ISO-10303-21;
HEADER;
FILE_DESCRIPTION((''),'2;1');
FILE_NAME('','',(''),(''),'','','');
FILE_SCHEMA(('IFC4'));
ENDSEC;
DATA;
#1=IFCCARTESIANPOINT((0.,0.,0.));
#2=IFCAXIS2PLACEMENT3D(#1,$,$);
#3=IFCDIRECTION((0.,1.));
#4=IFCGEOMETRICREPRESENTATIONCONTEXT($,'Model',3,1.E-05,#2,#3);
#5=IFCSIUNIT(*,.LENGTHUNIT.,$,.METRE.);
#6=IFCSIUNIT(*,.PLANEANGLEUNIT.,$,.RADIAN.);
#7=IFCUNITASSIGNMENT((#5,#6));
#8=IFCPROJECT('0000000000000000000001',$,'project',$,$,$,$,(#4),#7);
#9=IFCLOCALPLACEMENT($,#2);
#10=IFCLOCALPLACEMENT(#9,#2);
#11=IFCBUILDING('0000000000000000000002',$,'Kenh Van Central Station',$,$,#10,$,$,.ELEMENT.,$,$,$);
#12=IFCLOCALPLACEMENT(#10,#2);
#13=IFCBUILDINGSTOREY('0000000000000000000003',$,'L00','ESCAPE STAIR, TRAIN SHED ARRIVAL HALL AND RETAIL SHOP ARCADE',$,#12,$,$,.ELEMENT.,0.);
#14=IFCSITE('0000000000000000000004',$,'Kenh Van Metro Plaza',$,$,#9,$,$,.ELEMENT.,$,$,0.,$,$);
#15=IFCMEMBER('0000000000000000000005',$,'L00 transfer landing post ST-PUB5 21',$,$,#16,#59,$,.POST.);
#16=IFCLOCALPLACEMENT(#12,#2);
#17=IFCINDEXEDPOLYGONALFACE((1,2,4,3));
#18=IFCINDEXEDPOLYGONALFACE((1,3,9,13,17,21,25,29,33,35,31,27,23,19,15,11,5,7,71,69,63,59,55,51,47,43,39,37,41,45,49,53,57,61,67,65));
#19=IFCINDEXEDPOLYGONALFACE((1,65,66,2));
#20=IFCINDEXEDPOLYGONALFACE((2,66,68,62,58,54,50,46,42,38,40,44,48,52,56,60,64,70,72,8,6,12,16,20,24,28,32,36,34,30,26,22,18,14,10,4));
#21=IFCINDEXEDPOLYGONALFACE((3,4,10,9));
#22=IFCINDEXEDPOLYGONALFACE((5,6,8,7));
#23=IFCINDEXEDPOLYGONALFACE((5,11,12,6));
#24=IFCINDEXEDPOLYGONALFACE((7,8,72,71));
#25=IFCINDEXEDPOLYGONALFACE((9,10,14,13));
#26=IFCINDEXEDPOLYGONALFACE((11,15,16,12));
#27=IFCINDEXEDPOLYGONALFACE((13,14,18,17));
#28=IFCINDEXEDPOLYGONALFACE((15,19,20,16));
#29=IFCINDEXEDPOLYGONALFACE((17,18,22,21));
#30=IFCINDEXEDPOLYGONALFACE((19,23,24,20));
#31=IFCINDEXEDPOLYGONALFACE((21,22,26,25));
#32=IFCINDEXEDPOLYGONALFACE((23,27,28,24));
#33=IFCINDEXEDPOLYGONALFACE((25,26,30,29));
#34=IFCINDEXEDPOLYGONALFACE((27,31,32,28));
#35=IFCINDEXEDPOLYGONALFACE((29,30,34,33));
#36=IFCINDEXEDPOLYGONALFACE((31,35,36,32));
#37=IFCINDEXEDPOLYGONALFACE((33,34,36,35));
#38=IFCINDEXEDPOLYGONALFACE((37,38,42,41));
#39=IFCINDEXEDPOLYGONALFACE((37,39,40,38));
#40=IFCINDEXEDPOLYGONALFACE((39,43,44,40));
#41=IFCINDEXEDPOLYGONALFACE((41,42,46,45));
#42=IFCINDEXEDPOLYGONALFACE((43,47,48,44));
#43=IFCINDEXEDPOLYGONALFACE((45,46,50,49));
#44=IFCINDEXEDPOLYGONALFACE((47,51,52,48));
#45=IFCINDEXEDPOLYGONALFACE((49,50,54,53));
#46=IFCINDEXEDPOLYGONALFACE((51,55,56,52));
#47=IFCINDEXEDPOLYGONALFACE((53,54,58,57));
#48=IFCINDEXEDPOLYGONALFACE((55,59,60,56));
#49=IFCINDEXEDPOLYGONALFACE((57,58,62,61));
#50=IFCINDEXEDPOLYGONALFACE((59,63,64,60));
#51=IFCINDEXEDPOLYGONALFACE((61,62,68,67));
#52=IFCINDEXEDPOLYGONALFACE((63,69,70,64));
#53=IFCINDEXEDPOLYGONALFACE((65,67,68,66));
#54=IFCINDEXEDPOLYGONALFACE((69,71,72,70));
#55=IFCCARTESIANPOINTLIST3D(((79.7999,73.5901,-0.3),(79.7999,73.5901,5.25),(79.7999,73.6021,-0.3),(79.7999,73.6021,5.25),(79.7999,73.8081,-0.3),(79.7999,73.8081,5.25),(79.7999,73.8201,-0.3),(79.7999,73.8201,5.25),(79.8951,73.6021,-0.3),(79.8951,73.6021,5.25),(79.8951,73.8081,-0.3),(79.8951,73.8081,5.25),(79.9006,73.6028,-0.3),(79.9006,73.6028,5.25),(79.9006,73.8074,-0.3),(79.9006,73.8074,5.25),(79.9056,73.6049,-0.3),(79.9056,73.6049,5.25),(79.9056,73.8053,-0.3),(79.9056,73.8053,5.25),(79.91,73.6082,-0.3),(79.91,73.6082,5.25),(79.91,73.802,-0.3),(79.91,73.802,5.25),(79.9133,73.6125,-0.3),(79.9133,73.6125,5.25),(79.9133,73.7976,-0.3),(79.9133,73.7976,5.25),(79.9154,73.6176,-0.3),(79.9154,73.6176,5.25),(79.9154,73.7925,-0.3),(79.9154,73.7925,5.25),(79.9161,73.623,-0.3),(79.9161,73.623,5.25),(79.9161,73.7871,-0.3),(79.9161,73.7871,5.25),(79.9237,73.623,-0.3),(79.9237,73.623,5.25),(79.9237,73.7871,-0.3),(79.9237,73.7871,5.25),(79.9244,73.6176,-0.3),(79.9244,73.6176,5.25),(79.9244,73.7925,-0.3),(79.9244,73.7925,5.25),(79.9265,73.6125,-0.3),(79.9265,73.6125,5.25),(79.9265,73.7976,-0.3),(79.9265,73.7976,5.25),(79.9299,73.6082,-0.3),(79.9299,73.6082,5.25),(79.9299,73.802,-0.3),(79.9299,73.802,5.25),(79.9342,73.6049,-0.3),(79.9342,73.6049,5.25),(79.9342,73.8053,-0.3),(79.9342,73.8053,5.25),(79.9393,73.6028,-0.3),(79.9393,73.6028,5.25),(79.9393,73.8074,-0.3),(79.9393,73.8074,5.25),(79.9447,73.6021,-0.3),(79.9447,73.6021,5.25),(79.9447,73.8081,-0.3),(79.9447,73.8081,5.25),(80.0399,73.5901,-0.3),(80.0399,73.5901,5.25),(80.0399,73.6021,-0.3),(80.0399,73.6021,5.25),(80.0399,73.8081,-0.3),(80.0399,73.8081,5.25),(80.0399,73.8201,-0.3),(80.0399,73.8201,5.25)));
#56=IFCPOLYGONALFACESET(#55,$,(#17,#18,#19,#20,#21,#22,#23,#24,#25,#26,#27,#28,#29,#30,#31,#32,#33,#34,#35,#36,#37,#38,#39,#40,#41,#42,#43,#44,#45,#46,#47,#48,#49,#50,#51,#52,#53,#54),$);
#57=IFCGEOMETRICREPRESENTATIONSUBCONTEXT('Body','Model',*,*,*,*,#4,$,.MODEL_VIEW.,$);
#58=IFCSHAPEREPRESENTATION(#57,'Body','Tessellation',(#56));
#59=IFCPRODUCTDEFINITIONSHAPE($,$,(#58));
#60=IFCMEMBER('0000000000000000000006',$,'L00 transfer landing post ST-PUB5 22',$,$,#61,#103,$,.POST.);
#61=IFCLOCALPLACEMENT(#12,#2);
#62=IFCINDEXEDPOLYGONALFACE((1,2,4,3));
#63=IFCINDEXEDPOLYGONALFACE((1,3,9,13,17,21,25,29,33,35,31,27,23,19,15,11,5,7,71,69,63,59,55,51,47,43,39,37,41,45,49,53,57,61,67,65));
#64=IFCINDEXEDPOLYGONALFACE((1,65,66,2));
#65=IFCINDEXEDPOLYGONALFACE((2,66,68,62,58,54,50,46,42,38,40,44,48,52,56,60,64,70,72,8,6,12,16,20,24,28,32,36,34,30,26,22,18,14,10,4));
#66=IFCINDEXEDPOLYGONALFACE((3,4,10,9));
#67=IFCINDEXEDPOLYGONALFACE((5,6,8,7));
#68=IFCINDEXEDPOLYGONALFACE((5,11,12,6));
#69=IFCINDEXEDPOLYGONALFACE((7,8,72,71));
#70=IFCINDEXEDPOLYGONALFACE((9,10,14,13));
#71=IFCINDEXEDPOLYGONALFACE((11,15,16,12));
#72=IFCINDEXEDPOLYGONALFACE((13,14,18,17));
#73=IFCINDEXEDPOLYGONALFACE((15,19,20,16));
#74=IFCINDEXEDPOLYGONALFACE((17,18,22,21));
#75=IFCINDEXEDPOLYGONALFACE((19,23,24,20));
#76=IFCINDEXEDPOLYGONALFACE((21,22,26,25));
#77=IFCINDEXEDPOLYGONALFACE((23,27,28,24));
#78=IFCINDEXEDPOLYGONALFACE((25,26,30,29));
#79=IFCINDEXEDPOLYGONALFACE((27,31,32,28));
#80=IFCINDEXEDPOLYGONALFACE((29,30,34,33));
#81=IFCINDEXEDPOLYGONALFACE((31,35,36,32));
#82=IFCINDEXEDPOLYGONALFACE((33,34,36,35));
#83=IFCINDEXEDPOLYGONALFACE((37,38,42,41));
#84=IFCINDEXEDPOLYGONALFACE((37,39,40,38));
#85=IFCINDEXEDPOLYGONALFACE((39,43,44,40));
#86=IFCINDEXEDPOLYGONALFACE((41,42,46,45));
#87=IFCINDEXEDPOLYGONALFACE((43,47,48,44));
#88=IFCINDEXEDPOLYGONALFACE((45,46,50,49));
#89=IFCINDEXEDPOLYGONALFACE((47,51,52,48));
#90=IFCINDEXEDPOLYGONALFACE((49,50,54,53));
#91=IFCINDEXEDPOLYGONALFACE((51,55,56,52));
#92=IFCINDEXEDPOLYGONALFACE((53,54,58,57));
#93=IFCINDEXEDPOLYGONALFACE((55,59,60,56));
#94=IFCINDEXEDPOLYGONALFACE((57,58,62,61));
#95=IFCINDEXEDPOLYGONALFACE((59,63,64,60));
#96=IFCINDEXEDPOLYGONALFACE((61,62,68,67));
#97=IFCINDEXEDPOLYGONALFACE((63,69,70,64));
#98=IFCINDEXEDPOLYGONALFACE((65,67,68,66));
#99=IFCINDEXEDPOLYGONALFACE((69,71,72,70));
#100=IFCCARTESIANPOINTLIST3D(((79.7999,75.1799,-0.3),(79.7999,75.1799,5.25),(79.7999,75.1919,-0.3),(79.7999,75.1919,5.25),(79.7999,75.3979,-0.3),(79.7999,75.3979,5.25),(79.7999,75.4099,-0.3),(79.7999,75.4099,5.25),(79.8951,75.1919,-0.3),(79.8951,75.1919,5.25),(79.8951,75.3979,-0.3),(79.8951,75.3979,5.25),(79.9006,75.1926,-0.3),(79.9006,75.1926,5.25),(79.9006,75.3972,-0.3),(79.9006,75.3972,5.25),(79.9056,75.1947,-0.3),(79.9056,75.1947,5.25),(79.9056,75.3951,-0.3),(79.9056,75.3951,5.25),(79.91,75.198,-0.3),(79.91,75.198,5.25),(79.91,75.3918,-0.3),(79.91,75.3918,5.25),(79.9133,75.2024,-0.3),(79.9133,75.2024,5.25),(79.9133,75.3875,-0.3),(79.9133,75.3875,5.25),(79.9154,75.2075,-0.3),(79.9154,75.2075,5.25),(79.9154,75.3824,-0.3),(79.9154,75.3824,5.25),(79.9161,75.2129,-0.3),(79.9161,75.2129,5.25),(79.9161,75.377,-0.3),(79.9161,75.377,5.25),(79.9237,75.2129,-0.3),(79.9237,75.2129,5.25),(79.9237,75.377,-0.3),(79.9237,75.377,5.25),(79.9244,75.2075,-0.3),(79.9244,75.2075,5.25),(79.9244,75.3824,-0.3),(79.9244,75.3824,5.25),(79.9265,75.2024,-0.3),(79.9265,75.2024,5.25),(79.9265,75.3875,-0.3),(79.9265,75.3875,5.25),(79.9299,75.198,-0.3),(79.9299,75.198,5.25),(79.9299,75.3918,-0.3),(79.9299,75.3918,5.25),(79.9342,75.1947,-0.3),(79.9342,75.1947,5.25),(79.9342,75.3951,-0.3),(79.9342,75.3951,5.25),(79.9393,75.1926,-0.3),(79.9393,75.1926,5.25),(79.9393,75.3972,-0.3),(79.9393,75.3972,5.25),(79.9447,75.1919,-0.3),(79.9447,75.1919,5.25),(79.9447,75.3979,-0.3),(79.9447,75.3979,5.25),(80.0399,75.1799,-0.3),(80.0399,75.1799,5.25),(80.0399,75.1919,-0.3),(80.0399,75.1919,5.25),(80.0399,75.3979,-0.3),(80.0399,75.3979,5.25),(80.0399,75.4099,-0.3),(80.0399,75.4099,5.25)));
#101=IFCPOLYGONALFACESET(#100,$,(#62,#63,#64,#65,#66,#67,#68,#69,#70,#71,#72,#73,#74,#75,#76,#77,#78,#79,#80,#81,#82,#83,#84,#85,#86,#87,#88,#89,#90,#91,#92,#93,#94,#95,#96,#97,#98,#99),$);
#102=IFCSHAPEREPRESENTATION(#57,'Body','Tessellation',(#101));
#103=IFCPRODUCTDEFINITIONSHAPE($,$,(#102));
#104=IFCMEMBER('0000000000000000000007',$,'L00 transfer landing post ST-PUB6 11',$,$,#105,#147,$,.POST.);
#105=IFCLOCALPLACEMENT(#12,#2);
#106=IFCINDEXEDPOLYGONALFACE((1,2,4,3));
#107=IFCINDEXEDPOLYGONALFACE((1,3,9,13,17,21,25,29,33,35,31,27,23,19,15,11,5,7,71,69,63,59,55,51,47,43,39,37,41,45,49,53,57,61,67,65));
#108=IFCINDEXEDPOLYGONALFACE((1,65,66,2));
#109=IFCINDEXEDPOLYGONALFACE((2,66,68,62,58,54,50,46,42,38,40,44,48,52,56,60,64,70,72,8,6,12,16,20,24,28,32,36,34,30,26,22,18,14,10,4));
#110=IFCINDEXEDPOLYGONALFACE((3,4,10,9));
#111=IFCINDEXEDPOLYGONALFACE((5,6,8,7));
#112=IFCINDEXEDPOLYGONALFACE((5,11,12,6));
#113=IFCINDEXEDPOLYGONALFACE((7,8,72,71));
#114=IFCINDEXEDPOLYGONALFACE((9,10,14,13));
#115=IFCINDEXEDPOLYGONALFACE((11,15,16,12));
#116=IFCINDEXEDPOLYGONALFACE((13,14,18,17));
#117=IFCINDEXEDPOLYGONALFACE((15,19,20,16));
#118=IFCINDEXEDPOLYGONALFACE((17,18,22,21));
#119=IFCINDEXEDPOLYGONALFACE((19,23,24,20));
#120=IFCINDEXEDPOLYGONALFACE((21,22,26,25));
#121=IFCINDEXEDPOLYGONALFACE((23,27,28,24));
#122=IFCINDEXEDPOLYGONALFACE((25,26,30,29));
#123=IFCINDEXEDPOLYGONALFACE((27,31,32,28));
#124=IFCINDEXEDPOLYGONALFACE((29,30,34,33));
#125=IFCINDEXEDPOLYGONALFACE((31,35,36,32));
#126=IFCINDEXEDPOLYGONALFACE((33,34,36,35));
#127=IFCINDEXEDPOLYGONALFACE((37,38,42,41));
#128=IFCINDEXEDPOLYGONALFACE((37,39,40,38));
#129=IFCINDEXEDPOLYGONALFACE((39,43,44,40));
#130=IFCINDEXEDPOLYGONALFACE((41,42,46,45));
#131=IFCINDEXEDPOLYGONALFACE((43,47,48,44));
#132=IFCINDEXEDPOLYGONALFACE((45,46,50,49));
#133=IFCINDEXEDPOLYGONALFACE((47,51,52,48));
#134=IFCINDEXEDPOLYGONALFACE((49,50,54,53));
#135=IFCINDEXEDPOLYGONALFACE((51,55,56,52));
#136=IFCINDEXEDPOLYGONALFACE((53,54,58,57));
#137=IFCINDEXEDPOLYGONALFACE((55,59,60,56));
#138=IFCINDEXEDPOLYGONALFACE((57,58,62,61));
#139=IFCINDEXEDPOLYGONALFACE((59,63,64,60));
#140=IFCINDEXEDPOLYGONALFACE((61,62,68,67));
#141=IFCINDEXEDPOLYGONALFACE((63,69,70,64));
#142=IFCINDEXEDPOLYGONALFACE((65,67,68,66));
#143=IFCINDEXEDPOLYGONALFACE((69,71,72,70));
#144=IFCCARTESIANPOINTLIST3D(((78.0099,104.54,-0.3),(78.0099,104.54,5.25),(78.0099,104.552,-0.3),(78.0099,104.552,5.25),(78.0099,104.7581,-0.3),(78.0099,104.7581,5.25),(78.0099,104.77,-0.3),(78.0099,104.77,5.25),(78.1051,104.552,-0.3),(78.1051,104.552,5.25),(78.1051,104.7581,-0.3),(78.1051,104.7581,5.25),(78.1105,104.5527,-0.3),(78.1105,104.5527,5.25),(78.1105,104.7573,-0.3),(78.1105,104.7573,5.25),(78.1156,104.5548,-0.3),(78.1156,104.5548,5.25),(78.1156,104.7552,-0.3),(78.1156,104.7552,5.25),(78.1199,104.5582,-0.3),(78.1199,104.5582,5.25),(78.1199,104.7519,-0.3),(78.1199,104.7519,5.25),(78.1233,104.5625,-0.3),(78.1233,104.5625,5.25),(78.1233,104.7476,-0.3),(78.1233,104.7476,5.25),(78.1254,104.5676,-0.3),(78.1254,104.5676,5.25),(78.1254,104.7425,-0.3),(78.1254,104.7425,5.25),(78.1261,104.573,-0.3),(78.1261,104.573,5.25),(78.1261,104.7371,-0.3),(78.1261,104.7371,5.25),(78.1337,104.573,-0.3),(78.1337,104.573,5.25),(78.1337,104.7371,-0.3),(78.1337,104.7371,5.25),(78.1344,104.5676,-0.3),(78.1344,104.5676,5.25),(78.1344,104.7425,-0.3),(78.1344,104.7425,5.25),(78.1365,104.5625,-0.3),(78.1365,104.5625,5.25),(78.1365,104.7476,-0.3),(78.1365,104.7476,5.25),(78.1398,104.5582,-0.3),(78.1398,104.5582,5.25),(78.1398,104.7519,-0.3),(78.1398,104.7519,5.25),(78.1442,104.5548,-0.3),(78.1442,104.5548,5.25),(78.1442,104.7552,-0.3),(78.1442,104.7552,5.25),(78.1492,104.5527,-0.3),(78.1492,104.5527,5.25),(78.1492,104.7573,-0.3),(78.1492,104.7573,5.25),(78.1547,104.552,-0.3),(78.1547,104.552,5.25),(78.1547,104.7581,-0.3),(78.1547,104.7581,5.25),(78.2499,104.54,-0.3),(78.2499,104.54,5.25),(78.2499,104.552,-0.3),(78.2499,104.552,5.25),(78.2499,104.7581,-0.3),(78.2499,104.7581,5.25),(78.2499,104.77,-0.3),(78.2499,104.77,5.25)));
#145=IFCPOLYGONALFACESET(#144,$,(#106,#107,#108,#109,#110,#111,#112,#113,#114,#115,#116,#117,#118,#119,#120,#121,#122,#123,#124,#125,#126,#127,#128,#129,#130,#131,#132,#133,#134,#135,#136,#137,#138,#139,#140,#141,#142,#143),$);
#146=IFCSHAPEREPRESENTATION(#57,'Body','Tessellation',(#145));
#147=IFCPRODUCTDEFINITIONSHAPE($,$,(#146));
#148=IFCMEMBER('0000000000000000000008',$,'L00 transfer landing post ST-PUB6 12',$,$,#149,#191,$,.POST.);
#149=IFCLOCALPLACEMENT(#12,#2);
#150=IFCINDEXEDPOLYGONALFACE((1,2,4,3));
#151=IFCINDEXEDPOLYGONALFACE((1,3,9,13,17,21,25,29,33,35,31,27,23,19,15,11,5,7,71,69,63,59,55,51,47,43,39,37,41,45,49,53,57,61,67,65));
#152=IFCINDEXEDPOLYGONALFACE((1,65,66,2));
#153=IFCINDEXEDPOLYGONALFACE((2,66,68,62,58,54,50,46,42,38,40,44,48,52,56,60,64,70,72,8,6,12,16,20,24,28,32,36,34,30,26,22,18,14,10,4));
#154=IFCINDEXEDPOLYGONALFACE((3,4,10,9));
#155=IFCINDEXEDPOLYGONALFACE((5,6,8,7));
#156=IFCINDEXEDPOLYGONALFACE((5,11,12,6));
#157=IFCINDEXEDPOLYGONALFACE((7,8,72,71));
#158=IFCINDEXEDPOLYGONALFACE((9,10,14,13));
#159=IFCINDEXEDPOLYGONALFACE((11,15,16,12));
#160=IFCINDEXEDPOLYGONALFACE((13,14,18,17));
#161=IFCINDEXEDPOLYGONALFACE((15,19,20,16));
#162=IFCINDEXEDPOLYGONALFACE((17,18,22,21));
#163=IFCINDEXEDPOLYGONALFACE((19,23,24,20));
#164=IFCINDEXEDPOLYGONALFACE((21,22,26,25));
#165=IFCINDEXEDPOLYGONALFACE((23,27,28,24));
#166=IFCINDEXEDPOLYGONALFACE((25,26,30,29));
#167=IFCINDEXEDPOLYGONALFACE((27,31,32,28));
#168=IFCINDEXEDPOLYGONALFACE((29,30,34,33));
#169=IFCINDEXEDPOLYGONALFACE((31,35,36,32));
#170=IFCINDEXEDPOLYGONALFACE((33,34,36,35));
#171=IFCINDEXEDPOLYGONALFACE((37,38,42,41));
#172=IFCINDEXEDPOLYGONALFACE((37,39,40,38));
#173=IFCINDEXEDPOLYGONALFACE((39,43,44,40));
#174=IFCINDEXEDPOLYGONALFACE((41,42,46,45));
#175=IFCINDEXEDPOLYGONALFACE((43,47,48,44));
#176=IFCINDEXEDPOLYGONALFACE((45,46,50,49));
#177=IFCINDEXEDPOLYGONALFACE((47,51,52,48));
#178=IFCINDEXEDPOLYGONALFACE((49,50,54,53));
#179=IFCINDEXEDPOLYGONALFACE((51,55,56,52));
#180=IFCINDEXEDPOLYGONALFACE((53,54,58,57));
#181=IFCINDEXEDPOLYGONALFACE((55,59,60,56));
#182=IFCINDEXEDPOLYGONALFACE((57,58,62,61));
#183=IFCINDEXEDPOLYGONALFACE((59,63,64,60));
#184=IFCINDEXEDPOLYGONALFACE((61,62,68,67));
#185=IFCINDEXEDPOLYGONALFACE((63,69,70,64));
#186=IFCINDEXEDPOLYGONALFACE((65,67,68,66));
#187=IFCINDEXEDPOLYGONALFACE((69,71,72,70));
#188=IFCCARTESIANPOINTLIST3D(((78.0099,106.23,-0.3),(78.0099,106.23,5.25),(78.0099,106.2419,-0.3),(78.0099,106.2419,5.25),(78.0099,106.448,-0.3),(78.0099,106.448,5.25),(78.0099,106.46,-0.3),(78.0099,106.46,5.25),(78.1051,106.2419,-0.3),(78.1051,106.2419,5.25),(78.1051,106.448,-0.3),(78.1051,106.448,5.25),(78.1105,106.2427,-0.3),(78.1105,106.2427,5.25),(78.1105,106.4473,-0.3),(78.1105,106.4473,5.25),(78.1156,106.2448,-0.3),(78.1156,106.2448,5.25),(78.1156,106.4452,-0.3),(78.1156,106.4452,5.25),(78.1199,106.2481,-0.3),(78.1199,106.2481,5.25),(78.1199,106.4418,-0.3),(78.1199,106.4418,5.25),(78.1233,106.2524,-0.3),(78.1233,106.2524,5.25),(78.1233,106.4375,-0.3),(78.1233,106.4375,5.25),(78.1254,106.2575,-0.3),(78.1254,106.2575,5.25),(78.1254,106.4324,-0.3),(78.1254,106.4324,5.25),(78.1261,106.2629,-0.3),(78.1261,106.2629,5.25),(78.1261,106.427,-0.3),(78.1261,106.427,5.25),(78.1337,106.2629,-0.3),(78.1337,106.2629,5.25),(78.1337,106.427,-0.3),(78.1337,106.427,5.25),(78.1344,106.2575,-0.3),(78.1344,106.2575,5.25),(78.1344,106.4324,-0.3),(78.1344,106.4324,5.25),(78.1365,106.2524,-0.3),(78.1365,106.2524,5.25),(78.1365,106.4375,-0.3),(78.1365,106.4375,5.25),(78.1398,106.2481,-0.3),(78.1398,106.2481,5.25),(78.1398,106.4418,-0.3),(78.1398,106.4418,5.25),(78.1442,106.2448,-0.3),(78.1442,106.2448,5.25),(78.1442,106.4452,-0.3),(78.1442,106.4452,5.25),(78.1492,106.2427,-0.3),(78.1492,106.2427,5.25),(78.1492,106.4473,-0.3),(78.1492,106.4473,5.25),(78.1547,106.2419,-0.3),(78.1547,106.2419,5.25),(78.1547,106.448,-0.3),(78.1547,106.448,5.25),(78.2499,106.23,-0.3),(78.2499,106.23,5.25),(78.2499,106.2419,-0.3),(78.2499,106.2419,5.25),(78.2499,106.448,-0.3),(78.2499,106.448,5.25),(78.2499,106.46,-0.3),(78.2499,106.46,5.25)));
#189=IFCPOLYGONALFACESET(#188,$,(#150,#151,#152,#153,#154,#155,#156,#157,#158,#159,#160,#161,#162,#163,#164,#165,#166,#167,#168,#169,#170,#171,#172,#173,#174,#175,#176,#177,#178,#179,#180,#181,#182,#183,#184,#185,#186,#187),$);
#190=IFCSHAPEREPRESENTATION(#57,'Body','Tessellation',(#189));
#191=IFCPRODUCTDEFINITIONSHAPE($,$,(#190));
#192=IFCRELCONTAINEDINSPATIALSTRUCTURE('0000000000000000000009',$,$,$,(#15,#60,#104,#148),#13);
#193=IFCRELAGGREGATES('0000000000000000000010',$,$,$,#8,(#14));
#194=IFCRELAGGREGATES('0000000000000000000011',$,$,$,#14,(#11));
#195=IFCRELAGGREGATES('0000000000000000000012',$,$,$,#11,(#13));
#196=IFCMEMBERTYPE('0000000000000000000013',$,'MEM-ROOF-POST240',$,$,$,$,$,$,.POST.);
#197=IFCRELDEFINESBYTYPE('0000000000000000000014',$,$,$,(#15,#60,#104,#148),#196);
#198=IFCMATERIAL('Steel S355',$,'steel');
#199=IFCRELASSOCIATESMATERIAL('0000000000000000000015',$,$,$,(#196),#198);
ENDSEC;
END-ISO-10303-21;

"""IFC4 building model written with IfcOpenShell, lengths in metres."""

from ifc_helpers import new_model, si_unit, direction, frame, origin, origin_2d, place, context, subcontext, project, spatial, i_section, extrude, material, material_profile, profile_set, type_object, element, save


model = new_model("IFC4")

# Units and contexts
model_context = context("Model", 3, precision=1e-05, world=origin(), true_north=direction((0.0, 1.0)))
body_context = subcontext(model_context, "Body", "Model", "MODEL_VIEW")
ifc_project = project(units=[si_unit("LENGTHUNIT", "METRE"), si_unit("PLANEANGLEUNIT", "RADIAN")], contexts=[model_context])

# Site, building, storey
site_placement = place(None, origin())
site = spatial("IfcSite", under=ifc_project, at=site_placement, Name="Kenh Van Metro Plaza", CompositionType="ELEMENT", RefElevation=0.0)
building_placement = place(site_placement, origin())
building = spatial("IfcBuilding", under=site, at=building_placement, Name="Kenh Van Central Station", CompositionType="ELEMENT")
storey_placement = place(building_placement, origin())
storey = spatial("IfcBuildingStorey", under=building, at=storey_placement, Name="L00", Description="ESCAPE STAIR, TRAIN SHED ARRIVAL HALL AND RETAIL SHOP ARCADE", CompositionType="ELEMENT", Elevation=0.0)

# Members
ifc_material_1 = material(Name="Steel S355", Category="steel")
ifc_material_profile_1 = material_profile(ifc_material_1, i_section(OverallWidth=0.24, OverallDepth=0.23, WebThickness=0.0076, FlangeThickness=0.012, FilletRadius=0.021, at=origin_2d()), Name="HEA 240")
ifc_profile_set_1 = profile_set([ifc_material_profile_1], Name="Steel S355")
member_type = type_object("IfcMemberType", Name="MEM-ROOF-POST240", PredefinedType="POST", material=ifc_profile_set_1)
for number, where, z_axis, x_axis, name in (
    (1, (79.9199, 73.7051, -0.3), (0.0, 0.0, 1.0), (1.0, 0.0, 0.0), "L00 transfer landing post ST-PUB5 21"),
    (2, (79.9199, 75.2949, -0.3), (0.0, 0.0, 1.0), (1.0, 0.0, 0.0), "L00 transfer landing post ST-PUB5 22"),
    (3, (78.1299, 104.655, -0.3), (0.0, 0.0, 1.0), (1.0, 0.0, 0.0), "L00 transfer landing post ST-PUB6 11"),
    (4, (78.1299, 106.345, -0.3), (0.0, 0.0, 1.0), (1.0, 0.0, 0.0), "L00 transfer landing post ST-PUB6 12"),
):
    element("IfcMember", number, at=place(storey_placement, frame(where, z_axis=z_axis, x_axis=x_axis)), inside=storey, type_object=member_type, Name=name, PredefinedType="POST", context=body_context, shape_type="SweptSolid", body=[
        extrude(i_section(OverallWidth=0.24, OverallDepth=0.23, WebThickness=0.0076, FlangeThickness=0.012, FilletRadius=0.021, at=origin_2d()), origin(), (0.0, 0.0, 1.0), 5.55),
    ])

save(model, "model.ifc")
